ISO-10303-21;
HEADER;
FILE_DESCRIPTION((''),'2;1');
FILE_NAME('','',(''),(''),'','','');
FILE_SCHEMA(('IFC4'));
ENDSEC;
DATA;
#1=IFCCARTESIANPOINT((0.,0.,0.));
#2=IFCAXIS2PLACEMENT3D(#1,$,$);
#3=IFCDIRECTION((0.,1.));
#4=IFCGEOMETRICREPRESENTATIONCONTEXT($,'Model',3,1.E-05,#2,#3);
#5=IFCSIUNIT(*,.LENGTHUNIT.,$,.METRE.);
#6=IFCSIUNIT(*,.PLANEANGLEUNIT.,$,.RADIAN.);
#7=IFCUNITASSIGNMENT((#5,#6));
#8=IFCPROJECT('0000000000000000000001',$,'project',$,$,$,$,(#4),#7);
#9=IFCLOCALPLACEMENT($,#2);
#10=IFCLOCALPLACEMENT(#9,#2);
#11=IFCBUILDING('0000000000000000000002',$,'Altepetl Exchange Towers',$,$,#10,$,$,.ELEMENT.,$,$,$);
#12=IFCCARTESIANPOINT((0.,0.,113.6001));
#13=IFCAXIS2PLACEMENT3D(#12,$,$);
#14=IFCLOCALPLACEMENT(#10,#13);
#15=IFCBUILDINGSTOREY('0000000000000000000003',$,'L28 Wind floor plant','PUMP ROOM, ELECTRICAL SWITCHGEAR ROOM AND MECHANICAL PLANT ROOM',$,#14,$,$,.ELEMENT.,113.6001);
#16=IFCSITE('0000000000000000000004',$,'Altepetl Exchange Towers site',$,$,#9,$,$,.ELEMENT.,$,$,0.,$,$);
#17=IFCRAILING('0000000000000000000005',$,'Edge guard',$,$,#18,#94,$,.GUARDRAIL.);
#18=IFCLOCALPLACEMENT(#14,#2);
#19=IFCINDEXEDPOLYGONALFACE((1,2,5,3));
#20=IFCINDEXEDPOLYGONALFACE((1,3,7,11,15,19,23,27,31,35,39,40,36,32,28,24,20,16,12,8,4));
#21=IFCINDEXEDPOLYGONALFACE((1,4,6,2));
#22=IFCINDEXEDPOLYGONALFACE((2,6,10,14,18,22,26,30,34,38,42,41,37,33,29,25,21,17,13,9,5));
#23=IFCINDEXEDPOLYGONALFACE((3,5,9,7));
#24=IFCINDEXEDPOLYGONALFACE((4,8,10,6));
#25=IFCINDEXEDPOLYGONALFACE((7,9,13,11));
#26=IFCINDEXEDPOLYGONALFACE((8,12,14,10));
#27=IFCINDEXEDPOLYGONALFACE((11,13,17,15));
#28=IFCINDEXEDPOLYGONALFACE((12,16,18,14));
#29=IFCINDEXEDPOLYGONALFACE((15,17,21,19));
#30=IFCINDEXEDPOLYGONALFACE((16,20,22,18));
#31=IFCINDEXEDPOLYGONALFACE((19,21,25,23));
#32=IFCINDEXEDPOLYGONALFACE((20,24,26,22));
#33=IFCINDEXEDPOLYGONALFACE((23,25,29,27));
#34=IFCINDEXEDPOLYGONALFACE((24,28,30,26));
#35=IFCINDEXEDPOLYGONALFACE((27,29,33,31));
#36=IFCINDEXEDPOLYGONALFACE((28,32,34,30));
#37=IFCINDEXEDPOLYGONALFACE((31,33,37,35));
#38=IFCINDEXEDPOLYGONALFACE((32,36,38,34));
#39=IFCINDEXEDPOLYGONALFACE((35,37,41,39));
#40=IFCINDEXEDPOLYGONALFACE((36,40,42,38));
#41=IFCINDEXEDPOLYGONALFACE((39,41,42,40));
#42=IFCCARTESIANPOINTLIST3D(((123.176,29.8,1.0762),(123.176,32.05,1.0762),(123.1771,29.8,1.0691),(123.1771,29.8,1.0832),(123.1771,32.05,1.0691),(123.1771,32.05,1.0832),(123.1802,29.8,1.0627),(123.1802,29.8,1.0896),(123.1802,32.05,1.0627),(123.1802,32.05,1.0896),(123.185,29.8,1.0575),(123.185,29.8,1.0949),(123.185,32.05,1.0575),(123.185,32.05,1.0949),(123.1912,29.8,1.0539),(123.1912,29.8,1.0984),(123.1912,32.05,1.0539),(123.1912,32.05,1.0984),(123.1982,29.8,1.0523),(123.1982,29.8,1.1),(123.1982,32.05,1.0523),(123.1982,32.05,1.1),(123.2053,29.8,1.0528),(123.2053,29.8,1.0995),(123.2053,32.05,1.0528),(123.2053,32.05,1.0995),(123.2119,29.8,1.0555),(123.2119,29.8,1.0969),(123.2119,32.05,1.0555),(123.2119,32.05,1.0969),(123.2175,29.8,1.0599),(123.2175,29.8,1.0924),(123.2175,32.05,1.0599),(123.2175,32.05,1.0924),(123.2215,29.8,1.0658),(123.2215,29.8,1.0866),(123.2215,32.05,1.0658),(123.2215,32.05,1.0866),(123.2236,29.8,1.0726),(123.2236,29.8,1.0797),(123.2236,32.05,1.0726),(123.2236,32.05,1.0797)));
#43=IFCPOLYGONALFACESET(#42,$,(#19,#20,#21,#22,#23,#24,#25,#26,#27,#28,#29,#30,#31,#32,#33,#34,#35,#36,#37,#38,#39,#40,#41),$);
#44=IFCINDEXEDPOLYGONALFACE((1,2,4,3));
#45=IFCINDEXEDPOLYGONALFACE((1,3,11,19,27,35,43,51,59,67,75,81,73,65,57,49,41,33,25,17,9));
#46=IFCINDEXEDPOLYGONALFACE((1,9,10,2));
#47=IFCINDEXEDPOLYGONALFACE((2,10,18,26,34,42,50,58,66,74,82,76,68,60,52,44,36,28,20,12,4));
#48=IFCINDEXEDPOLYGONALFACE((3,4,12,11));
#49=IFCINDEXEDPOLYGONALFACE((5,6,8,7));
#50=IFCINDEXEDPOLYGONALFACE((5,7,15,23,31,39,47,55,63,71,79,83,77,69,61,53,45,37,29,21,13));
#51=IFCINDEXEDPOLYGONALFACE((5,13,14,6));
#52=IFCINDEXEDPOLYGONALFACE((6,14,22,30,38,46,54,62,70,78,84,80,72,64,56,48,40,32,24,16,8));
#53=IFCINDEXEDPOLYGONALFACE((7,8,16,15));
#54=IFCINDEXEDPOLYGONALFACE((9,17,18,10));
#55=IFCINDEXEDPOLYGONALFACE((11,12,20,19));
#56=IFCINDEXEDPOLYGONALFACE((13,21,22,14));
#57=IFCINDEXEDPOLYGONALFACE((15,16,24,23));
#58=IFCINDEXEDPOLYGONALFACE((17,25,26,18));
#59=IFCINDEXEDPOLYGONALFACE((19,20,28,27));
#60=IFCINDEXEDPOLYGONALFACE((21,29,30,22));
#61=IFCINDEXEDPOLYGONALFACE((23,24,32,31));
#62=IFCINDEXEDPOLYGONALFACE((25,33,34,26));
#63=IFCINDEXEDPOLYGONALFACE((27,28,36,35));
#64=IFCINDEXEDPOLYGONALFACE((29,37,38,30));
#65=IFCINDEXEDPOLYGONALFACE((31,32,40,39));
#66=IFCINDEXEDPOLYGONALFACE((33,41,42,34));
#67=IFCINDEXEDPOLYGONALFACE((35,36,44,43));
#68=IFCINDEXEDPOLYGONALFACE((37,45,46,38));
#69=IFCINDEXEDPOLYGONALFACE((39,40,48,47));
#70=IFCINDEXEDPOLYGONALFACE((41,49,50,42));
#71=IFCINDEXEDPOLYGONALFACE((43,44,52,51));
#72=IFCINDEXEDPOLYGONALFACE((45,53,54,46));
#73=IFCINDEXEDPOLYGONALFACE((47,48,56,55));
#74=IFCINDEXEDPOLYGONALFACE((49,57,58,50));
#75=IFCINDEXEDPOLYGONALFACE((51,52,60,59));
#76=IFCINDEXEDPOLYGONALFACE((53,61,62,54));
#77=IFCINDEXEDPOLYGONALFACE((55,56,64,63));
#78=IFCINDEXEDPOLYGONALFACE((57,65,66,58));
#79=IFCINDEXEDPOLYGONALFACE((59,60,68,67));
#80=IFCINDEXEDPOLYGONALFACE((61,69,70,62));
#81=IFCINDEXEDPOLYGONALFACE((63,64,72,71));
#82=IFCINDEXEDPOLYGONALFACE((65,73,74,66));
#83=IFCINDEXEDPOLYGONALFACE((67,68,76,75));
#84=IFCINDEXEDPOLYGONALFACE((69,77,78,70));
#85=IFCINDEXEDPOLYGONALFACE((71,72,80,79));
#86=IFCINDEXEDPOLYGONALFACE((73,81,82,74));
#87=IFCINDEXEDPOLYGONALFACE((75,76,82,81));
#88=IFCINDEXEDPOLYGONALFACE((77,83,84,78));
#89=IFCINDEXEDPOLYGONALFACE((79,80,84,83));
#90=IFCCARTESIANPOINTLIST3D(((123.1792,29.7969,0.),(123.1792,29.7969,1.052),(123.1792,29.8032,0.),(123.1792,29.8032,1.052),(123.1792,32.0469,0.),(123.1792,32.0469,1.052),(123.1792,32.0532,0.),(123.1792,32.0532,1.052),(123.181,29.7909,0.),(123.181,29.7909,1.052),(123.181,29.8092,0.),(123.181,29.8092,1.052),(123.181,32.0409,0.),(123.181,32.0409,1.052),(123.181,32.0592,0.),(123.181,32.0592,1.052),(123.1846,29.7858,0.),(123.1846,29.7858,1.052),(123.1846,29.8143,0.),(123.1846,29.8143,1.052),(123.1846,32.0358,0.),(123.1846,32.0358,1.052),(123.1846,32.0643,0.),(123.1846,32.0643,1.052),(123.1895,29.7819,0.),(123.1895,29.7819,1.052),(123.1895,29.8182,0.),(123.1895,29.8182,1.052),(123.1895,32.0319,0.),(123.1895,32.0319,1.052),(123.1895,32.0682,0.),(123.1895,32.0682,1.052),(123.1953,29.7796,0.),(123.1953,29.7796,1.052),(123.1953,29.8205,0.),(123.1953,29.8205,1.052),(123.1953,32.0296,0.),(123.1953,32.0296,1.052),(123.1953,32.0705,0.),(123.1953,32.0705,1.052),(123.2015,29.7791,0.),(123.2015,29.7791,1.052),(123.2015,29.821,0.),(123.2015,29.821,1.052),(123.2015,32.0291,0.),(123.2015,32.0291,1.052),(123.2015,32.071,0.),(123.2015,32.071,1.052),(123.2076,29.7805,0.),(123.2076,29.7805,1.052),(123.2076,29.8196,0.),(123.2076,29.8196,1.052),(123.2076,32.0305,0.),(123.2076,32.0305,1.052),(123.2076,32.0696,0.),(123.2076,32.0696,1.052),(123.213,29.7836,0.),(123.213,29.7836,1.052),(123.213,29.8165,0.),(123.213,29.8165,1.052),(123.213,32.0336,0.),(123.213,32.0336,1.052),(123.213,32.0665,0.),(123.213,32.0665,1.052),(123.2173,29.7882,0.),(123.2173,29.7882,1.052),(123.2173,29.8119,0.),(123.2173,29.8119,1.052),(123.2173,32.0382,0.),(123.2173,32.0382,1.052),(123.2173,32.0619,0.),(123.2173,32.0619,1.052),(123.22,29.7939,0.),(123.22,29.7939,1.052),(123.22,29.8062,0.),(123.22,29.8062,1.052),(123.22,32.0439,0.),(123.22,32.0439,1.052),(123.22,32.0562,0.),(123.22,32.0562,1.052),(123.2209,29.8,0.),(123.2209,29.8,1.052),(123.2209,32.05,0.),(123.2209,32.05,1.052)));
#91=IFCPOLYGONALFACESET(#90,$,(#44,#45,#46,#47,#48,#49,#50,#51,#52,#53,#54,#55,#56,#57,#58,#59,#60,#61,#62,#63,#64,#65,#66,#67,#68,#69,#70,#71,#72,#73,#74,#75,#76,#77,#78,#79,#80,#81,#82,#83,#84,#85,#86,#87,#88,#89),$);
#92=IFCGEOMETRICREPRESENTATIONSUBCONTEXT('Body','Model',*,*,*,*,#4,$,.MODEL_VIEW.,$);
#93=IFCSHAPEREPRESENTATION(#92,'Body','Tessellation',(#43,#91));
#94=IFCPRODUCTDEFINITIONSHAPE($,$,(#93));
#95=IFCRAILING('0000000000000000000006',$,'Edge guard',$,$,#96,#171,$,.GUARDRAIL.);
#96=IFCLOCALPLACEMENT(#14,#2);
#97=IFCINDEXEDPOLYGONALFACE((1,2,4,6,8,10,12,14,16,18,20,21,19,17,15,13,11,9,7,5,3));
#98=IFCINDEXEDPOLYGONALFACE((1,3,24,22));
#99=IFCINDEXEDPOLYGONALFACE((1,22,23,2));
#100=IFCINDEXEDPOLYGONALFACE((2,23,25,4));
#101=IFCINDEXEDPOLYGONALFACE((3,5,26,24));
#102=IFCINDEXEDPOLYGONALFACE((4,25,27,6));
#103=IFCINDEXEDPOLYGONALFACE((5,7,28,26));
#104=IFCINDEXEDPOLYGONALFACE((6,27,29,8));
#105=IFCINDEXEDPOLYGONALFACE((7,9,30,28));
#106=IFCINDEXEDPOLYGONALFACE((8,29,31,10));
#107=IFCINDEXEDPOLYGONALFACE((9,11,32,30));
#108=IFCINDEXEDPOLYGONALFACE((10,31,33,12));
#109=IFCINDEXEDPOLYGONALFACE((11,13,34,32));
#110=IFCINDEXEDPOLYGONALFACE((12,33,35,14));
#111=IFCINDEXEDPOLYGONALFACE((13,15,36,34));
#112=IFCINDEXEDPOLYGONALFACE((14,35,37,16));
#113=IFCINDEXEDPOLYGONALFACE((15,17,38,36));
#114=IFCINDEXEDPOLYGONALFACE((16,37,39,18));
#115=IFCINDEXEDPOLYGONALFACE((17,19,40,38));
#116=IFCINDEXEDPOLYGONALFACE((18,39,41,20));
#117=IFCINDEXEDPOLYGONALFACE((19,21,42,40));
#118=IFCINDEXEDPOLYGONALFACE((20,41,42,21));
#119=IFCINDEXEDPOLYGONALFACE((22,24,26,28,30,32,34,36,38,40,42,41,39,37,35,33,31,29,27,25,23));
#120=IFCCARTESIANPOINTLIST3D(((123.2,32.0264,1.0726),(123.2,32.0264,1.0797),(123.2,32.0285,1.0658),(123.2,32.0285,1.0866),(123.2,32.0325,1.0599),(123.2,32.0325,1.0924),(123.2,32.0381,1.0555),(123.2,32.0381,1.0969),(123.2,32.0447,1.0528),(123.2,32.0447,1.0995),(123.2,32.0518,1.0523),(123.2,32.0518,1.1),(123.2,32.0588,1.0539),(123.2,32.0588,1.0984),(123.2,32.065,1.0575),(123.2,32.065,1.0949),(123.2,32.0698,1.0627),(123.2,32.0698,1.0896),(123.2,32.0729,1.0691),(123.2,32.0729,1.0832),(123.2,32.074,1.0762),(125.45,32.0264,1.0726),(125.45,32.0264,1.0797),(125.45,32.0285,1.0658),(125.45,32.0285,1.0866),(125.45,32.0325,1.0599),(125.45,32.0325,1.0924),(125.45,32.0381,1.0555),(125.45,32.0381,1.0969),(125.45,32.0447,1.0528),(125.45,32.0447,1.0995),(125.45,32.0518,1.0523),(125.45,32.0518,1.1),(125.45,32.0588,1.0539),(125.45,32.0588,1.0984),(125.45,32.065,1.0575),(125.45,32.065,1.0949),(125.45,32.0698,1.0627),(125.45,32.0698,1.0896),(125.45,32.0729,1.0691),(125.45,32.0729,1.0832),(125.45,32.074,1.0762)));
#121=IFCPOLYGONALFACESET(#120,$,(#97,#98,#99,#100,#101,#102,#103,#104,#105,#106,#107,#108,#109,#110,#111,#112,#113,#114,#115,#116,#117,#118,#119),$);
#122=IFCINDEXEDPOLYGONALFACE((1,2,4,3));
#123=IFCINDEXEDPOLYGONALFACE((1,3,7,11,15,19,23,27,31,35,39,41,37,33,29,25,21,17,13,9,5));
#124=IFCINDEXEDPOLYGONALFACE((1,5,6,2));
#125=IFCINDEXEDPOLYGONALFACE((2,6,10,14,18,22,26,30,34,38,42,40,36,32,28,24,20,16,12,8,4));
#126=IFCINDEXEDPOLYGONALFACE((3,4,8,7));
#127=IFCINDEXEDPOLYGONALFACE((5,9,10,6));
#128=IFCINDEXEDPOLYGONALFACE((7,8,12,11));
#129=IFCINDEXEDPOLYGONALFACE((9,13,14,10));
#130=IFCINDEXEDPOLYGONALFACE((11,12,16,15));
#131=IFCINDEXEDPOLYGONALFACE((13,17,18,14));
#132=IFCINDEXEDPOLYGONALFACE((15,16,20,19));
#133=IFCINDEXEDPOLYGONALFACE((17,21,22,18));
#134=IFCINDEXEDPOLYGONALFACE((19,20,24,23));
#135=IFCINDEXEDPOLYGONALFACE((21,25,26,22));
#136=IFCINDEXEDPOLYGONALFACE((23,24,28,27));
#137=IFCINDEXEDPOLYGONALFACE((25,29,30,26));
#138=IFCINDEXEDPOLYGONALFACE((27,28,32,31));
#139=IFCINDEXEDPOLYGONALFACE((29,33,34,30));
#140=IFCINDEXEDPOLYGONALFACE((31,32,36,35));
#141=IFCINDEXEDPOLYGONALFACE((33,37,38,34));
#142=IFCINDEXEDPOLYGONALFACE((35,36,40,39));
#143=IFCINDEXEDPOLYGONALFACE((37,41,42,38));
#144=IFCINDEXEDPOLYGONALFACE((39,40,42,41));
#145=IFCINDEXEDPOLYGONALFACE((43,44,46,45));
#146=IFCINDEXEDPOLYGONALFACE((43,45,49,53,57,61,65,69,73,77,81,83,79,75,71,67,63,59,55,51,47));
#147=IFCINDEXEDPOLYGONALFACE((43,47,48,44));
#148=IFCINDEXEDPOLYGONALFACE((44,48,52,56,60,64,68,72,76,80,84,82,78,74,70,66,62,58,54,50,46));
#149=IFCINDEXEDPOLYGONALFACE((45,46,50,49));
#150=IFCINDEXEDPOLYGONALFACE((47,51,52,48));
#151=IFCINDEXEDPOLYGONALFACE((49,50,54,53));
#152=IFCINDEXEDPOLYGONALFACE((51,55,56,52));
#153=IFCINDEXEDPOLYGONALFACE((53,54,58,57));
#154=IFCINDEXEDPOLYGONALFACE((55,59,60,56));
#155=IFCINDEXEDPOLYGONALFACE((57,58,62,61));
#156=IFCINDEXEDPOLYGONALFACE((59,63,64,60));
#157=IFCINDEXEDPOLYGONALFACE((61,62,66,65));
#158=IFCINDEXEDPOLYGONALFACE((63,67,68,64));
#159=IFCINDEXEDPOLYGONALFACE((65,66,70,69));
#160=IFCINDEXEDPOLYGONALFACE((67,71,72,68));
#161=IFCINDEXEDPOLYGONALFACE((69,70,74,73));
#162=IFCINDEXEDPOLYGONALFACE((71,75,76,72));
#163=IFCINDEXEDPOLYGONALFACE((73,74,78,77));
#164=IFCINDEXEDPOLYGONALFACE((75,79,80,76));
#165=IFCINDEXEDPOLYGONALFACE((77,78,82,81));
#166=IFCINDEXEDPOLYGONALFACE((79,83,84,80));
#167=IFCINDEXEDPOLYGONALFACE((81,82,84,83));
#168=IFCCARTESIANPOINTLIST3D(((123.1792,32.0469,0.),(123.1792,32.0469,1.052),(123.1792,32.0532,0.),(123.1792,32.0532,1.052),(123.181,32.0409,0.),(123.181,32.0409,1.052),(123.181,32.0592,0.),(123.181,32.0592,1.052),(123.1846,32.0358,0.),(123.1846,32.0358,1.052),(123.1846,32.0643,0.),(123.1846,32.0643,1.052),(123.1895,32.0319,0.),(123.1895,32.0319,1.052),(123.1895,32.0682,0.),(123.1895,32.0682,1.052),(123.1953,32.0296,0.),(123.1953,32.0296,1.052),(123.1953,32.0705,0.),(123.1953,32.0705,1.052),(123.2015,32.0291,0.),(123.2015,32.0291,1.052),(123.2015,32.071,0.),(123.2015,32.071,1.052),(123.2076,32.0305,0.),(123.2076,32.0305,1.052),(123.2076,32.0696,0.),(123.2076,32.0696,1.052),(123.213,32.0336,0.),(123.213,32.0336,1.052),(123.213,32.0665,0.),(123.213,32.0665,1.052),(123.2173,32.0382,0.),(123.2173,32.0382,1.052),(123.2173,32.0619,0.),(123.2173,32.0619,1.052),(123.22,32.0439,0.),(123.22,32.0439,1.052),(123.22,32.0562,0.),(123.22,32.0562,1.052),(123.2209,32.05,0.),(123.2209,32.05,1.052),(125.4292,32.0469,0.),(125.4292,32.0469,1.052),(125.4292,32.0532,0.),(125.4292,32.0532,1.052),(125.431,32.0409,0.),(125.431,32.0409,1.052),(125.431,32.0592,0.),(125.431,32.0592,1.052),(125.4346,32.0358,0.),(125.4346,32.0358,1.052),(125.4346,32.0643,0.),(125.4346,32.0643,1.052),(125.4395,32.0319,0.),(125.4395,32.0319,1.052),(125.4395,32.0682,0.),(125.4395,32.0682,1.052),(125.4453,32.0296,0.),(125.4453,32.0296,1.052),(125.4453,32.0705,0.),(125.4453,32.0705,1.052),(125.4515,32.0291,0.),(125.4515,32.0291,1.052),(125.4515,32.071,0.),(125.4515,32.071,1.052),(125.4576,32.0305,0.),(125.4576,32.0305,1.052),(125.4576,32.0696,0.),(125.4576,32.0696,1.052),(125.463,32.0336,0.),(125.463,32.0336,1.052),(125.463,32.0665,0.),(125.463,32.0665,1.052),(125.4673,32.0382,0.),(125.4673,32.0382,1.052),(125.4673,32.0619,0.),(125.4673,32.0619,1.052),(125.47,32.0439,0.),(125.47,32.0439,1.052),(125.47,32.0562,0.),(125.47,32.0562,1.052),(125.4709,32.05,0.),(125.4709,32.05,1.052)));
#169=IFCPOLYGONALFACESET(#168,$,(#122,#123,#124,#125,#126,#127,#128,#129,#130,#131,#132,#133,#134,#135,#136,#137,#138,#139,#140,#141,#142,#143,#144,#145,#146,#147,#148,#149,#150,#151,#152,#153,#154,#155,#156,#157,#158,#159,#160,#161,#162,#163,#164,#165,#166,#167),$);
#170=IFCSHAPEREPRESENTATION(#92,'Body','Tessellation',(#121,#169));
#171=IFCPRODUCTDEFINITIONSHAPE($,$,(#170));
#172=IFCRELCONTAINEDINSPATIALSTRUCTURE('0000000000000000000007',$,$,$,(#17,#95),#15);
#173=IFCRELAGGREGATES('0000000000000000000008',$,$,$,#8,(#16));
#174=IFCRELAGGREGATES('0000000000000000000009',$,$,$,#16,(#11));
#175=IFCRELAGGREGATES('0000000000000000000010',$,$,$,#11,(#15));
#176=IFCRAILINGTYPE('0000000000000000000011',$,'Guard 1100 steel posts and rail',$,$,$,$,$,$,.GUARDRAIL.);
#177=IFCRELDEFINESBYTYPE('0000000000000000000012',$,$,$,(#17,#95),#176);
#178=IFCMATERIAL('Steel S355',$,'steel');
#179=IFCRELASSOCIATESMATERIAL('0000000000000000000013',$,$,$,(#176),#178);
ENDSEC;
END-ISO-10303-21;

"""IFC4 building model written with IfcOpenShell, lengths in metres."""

from ifc_helpers import new_model, si_unit, direction, frame, origin, origin_2d, place, context, subcontext, project, spatial, circle, extrude, source, transform, mapped, material, type_object, element, save


model = new_model("IFC4")

# Units and contexts
model_context = context("Model", 3, precision=1e-05, world=origin(), true_north=direction((0.0, 1.0)))
body_context = subcontext(model_context, "Body", "Model", "MODEL_VIEW")
ifc_project = project(units=[si_unit("LENGTHUNIT", "METRE"), si_unit("PLANEANGLEUNIT", "RADIAN")], contexts=[model_context])

# Site, building, storey
site_placement = place(None, origin())
site = spatial("IfcSite", under=ifc_project, at=site_placement, Name="Altepetl Exchange Towers site", CompositionType="ELEMENT", RefElevation=0.0)
building_placement = place(site_placement, origin())
building = spatial("IfcBuilding", under=site, at=building_placement, Name="Altepetl Exchange Towers", CompositionType="ELEMENT")
storey_placement = place(building_placement, frame((0.0, 0.0, 113.6001)))
storey = spatial("IfcBuildingStorey", under=building, at=storey_placement, Name="L28 Wind floor plant", Description="PUMP ROOM, ELECTRICAL SWITCHGEAR ROOM AND MECHANICAL PLANT ROOM", CompositionType="ELEMENT", Elevation=113.6001)

# Shared definitions
ifc_material_1 = material(Name="Steel S355", Category="steel")

# Railings
railing_type = type_object("IfcRailingType", Name="Guard 1100 steel posts and rail", PredefinedType="GUARDRAIL", material=ifc_material_1)
shared_shape = source(origin(), body_context, "Body", "SweptSolid", [
    extrude(circle(Radius=0.021, at=origin_2d()), origin(), (0.0, 0.0, 1.0), 1.052),
])
railing_1_placement = place(storey_placement, frame((123.2, 29.8, 0.0)))
element("IfcRailing", 1, at=railing_1_placement, inside=storey, type_object=railing_type, Name="Edge guard", PredefinedType="GUARDRAIL", context=body_context, shape_type="SweptSolid", body=[
    extrude(circle(Radius=0.0239, at=origin_2d()), frame((0.0, 0.0, 1.0762), z_axis=(0.0, 1.0, 0.0), x_axis=(-1.0, 0.0, 0.0)), (0.0, 0.0, 1.0), 2.25),
    mapped(shared_shape, transform((0.0, 0.0, 0.0))),
    mapped(shared_shape, transform((0.0, 2.25, 0.0))),
])
railing_2_placement = place(storey_placement, frame((123.2, 32.05, 0.0)))
element("IfcRailing", 2, at=railing_2_placement, inside=storey, type_object=railing_type, Name="Edge guard", PredefinedType="GUARDRAIL", context=body_context, shape_type="SweptSolid", body=[
    extrude(circle(Radius=0.0239, at=origin_2d()), frame((0.0, 0.0, 1.0762), z_axis=(1.0, 0.0, 0.0), x_axis=(0.0, 1.0, 0.0)), (0.0, 0.0, 1.0), 2.25),
    mapped(shared_shape, transform((0.0, 0.0, 0.0))),
    mapped(shared_shape, transform((2.25, 0.0, 0.0))),
])

save(model, "model.ifc")
